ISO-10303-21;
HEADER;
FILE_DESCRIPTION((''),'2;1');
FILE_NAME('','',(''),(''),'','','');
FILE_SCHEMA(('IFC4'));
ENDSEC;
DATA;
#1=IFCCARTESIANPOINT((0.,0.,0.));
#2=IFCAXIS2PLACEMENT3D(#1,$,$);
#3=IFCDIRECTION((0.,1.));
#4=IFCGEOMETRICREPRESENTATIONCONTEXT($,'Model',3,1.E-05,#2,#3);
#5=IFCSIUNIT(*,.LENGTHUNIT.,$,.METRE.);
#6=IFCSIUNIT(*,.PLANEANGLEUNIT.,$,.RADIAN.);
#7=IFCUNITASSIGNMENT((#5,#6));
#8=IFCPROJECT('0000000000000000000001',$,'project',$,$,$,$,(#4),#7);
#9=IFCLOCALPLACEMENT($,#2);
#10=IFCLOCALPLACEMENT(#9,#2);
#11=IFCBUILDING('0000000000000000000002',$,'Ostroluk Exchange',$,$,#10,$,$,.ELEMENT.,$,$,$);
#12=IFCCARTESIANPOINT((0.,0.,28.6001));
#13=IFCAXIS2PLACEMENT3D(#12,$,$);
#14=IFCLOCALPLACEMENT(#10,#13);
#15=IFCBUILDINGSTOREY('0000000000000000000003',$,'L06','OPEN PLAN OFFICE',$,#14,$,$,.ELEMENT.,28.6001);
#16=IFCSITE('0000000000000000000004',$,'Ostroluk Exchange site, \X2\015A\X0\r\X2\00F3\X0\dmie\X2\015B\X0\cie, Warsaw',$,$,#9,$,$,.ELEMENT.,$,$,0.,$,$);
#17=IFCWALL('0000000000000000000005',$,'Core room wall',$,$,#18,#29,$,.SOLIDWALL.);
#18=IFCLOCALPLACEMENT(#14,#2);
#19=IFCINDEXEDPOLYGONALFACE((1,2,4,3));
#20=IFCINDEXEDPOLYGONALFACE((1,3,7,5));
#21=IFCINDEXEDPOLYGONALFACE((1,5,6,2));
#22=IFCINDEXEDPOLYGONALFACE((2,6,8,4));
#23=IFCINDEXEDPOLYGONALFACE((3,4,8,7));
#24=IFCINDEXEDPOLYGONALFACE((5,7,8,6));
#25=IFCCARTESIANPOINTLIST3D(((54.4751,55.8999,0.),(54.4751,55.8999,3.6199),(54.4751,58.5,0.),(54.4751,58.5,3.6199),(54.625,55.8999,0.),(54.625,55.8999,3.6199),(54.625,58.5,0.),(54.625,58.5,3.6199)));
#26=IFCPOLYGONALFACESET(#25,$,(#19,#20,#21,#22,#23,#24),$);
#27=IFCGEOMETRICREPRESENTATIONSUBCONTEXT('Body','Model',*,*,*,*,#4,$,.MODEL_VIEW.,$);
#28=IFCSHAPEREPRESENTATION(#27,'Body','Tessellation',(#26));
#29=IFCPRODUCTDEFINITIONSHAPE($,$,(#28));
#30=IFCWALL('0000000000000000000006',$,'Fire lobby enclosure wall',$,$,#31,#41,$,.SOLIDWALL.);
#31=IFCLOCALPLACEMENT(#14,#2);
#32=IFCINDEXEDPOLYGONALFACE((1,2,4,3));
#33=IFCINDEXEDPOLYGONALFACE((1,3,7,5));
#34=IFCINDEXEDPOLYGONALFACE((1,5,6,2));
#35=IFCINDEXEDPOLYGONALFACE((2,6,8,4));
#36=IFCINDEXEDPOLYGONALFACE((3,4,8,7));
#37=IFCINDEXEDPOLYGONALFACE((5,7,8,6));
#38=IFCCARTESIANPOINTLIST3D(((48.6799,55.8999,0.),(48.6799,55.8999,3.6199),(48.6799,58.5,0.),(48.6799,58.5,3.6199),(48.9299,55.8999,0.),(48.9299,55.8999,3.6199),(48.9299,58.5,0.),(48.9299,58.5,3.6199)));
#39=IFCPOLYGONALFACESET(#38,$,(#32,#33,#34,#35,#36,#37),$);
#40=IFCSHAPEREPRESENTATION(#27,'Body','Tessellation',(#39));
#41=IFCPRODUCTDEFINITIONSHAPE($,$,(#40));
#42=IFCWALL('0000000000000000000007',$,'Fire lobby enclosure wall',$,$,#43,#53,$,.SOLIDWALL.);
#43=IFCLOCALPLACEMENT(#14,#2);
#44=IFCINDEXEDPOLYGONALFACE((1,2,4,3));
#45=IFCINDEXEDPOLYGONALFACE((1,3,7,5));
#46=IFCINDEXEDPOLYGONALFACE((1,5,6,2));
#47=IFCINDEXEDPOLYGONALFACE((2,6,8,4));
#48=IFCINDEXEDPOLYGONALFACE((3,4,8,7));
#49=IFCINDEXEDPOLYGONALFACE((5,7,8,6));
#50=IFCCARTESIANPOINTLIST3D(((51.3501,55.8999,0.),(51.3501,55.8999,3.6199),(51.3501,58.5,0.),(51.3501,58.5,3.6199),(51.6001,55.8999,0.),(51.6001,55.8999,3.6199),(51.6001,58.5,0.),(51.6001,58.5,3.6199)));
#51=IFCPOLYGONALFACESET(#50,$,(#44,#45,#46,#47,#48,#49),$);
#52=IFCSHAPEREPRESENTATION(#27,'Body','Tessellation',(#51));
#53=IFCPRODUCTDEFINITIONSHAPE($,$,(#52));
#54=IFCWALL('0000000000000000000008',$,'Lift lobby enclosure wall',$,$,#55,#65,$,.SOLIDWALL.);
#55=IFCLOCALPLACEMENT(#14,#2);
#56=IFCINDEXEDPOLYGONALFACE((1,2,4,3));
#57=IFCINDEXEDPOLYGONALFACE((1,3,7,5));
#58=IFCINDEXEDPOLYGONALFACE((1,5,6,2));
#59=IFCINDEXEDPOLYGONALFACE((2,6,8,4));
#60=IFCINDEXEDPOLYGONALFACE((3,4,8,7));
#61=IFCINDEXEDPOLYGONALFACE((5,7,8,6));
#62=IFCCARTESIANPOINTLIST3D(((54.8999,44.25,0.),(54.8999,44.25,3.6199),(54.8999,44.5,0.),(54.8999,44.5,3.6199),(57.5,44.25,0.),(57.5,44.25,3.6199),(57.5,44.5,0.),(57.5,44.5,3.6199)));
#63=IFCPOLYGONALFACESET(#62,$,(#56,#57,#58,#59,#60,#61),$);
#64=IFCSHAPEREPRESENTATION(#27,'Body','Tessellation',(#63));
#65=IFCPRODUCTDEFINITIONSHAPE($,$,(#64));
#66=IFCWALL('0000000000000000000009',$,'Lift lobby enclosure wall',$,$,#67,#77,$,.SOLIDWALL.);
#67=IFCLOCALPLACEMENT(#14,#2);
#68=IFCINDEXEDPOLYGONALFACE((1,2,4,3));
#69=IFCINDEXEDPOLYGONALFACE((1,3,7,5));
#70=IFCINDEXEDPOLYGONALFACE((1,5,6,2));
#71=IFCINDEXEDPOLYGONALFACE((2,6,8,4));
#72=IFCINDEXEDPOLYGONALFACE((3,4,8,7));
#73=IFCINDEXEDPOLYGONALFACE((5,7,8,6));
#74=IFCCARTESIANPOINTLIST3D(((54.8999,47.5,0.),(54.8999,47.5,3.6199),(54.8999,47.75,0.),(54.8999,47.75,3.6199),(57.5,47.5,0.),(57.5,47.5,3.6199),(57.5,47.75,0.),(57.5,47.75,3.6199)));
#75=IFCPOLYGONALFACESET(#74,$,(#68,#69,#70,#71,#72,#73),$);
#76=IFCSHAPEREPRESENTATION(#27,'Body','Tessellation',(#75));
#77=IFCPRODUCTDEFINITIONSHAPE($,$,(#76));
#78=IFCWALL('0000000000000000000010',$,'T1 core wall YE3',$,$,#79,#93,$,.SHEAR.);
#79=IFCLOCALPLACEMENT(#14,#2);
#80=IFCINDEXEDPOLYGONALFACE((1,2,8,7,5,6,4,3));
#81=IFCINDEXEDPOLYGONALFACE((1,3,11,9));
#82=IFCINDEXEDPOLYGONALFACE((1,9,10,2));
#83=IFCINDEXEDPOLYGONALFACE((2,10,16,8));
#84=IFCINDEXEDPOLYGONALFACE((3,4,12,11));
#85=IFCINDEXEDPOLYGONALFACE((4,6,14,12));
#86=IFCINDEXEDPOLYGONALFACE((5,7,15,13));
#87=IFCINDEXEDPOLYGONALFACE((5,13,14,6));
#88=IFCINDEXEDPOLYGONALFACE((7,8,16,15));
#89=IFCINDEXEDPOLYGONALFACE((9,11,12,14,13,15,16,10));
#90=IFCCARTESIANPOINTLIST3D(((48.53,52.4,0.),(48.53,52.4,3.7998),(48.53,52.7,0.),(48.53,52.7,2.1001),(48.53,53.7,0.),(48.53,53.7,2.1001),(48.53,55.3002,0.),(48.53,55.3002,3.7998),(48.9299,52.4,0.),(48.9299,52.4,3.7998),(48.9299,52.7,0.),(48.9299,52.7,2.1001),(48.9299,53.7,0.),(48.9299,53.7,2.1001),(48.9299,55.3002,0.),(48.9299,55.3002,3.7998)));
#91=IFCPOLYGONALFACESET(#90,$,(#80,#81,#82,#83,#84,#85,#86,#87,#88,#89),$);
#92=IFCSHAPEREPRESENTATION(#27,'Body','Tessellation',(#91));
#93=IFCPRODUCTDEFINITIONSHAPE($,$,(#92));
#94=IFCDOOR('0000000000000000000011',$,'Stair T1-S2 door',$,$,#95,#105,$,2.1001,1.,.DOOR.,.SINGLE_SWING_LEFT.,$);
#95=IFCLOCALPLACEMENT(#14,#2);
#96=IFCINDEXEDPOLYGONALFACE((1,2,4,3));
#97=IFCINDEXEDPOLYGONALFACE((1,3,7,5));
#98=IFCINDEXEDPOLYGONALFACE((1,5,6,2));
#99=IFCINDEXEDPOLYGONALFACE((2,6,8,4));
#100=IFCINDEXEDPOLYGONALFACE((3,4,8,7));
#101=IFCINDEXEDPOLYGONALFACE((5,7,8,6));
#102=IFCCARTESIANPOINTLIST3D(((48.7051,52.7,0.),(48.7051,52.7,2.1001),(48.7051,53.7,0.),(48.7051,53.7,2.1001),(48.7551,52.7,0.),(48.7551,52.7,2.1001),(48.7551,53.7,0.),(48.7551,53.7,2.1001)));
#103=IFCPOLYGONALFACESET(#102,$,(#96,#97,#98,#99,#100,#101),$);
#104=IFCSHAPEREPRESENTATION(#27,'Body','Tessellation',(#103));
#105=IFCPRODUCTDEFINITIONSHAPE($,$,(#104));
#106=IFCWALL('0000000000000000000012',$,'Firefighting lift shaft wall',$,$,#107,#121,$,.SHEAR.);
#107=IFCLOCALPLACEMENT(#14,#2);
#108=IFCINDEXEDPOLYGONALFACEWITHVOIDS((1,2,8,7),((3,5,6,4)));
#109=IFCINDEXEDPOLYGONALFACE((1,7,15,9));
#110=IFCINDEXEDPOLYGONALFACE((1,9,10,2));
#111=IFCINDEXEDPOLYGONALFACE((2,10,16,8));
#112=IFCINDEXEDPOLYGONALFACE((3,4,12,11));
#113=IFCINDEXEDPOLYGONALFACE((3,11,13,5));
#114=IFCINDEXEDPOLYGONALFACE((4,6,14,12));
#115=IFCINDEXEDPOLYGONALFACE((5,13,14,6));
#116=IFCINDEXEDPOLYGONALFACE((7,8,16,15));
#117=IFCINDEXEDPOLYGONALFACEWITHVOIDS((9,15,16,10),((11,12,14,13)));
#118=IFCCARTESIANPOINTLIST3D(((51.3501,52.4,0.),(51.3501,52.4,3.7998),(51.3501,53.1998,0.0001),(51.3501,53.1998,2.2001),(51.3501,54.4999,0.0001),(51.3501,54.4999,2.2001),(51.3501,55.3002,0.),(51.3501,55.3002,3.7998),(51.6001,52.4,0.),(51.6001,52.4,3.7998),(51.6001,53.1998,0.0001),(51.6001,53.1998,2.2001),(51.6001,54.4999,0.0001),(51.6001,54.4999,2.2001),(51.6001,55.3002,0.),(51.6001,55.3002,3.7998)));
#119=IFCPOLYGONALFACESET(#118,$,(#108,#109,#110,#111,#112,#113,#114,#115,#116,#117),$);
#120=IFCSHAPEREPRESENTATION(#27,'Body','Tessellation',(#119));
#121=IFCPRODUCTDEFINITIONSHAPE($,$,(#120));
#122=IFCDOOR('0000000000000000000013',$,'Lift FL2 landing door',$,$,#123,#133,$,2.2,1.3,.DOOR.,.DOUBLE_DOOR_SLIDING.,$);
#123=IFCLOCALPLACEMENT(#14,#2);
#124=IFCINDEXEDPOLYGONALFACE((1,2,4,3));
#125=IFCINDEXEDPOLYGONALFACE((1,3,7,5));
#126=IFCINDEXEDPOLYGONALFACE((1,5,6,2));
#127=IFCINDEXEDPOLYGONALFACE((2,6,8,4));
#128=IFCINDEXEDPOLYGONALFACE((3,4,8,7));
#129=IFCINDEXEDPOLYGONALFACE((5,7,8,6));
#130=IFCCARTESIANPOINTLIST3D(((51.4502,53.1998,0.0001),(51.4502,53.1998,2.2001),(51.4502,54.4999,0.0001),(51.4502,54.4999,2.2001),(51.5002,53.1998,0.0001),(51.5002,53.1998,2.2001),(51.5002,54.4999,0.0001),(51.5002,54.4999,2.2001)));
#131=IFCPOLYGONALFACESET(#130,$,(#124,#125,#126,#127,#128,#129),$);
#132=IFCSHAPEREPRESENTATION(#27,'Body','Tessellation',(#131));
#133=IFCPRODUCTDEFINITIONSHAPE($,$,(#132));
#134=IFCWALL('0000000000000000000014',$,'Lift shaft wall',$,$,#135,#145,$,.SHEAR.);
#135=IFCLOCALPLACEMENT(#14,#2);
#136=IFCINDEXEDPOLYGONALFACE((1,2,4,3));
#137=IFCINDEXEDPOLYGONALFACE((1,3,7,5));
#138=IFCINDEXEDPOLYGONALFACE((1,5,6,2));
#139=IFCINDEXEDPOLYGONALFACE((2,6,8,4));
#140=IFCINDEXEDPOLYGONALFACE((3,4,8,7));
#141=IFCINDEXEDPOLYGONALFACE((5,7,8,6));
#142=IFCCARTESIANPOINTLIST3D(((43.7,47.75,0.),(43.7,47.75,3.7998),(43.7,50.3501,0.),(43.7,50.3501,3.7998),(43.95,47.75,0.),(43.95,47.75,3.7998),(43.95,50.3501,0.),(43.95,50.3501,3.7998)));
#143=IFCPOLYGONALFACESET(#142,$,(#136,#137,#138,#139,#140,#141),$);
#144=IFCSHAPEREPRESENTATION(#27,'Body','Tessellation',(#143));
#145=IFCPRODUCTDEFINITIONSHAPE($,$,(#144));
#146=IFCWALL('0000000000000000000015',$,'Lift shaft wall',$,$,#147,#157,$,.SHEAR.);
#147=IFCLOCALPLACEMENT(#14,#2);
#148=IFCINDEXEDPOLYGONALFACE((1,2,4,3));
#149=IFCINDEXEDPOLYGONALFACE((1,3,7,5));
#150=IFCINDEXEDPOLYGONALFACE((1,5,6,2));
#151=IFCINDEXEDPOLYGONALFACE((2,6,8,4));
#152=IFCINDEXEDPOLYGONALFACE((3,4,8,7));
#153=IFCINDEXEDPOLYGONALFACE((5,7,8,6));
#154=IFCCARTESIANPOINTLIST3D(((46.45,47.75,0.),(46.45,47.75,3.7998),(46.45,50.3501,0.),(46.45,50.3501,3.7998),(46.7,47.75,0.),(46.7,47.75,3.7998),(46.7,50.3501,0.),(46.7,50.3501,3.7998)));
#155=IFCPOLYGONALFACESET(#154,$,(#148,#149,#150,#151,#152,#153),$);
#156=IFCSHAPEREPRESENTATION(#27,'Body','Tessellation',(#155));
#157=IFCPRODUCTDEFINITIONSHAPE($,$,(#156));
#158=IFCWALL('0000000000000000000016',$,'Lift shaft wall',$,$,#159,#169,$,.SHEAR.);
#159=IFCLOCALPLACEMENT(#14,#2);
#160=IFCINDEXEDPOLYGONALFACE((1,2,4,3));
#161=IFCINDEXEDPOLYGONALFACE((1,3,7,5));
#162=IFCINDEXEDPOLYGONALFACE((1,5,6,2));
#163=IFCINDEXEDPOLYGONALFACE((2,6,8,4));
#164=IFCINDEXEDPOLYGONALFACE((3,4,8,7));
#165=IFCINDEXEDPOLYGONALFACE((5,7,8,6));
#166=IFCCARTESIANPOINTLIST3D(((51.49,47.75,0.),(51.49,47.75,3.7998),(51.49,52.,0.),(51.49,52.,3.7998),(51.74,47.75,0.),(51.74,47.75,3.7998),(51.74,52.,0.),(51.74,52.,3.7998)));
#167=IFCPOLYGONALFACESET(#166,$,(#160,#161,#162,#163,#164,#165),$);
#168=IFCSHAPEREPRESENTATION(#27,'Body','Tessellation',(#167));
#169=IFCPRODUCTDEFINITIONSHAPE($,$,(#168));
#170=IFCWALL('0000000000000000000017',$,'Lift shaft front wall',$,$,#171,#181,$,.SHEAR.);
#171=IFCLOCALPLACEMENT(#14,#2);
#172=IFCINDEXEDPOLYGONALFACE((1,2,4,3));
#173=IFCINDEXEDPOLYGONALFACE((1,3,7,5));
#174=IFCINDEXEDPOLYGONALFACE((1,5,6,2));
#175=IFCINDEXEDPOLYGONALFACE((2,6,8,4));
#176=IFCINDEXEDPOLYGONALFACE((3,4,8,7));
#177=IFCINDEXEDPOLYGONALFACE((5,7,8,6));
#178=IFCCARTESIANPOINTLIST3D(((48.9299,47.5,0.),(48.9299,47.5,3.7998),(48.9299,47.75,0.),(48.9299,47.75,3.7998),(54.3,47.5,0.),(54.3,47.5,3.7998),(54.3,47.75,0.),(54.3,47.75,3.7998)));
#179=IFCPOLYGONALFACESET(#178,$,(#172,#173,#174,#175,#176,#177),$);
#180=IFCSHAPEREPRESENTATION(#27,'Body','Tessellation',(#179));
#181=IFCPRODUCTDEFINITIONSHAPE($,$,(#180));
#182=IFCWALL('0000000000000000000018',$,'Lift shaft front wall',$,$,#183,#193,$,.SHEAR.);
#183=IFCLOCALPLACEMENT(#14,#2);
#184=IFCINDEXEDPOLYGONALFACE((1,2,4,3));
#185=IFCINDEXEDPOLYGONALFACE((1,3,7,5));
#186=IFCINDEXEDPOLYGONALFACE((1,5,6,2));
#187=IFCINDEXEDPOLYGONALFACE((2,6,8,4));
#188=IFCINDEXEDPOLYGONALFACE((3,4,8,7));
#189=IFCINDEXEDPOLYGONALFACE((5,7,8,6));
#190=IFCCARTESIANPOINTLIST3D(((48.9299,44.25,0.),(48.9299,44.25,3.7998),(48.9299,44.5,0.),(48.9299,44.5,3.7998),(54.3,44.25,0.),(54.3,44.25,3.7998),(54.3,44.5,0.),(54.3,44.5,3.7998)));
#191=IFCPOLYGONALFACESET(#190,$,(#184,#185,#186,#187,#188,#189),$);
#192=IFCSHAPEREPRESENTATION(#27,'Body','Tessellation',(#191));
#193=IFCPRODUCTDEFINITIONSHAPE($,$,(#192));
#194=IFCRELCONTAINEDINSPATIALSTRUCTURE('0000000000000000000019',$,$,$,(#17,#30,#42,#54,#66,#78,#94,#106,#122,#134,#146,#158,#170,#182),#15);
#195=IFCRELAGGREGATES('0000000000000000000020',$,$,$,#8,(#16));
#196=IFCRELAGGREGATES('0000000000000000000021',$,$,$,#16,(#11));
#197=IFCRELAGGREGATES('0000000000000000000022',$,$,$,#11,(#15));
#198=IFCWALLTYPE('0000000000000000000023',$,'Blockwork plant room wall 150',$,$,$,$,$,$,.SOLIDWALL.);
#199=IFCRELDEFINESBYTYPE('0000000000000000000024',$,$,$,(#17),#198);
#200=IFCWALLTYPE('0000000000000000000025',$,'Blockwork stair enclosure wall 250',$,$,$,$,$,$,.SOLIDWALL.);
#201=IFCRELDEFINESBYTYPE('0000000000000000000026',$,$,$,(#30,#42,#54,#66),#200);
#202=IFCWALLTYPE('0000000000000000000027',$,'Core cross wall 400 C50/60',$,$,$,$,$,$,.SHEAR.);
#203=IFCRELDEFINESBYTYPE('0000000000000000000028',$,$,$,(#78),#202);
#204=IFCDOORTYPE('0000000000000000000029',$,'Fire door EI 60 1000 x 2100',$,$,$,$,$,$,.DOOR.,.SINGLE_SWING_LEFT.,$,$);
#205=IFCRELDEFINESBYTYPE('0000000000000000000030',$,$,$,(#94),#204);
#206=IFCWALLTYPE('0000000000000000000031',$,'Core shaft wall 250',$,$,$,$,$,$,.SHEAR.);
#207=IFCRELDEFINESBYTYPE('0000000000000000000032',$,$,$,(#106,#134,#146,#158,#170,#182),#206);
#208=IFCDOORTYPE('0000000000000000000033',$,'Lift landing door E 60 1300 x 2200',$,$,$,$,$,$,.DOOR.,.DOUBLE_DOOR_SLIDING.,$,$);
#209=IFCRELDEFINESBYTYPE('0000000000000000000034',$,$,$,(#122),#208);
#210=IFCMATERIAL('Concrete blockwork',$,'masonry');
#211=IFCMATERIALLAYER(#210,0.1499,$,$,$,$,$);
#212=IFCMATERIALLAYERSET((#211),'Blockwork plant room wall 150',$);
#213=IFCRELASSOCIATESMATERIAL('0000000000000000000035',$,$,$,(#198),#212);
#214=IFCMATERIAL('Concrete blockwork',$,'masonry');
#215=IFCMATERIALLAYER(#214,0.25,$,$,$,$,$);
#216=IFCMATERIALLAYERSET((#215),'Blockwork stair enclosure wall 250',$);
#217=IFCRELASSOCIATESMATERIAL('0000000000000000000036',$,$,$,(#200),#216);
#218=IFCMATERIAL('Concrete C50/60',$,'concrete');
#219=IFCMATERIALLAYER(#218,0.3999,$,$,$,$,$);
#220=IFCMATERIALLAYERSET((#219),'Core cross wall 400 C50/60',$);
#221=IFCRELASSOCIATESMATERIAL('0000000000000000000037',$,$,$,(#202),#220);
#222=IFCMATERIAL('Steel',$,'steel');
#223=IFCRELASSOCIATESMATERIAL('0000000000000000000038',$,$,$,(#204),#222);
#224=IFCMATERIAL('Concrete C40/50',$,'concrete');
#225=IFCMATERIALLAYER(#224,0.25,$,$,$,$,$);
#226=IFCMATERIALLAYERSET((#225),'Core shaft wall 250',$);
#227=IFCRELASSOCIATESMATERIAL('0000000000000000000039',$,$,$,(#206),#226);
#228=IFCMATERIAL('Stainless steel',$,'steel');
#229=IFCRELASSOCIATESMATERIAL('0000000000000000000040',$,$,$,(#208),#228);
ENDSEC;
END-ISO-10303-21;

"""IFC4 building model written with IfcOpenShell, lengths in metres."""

from ifc_helpers import new_model, si_unit, direction, frame, frame_2d, origin, place, context, subcontext, project, spatial, rectangle, extrude, material, layer, layer_set, type_object, element, fill, save


model = new_model("IFC4")

# Units and contexts
model_context = context("Model", 3, precision=1e-05, world=origin(), true_north=direction((0.0, 1.0)))
body_context = subcontext(model_context, "Body", "Model", "MODEL_VIEW")
ifc_project = project(units=[si_unit("LENGTHUNIT", "METRE"), si_unit("PLANEANGLEUNIT", "RADIAN")], contexts=[model_context])

# Site, building, storey
site_placement = place(None, origin())
site = spatial("IfcSite", under=ifc_project, at=site_placement, Name="Ostroluk Exchange site, Śródmieście, Warsaw", CompositionType="ELEMENT", RefElevation=0.0)
building_placement = place(site_placement, origin())
building = spatial("IfcBuilding", under=site, at=building_placement, Name="Ostroluk Exchange", CompositionType="ELEMENT")
storey_placement = place(building_placement, frame((0.0, 0.0, 28.6001)))
storey = spatial("IfcBuildingStorey", under=building, at=storey_placement, Name="L06", Description="OPEN PLAN OFFICE", CompositionType="ELEMENT", Elevation=28.6001)

# Walls
ifc_material_1 = material(Name="Concrete blockwork", Category="masonry")
ifc_layer_1 = layer(ifc_material_1, 0.1499)
ifc_layer_set_1 = layer_set([ifc_layer_1], Name="Blockwork plant room wall 150")
wall_type_1 = type_object("IfcWallType", Name="Blockwork plant room wall 150", PredefinedType="SOLIDWALL", material=ifc_layer_set_1)
wall_1_placement = place(storey_placement, frame((54.55, 55.8999, 0.0), z_axis=(0.0, 0.0, 1.0), x_axis=(0.0, 1.0, 0.0)))
element("IfcWall", 1, at=wall_1_placement, inside=storey, type_object=wall_type_1, Name="Core room wall", PredefinedType="SOLIDWALL", context=body_context, shape_type="SweptSolid", body=[
    extrude(rectangle(XDim=2.6001, YDim=0.1499, at=frame_2d((1.3, 0.0))), origin(), (0.0, 0.0, 1.0), 3.6199),
])
ifc_material_2 = material(Name="Concrete blockwork", Category="masonry")
ifc_layer_2 = layer(ifc_material_2, 0.25)
ifc_layer_set_2 = layer_set([ifc_layer_2], Name="Blockwork stair enclosure wall 250")
wall_type_2 = type_object("IfcWallType", Name="Blockwork stair enclosure wall 250", PredefinedType="SOLIDWALL", material=ifc_layer_set_2)
for number, where, z_axis, x_axis, name in (
    (2, (48.8049, 55.8999, 0.0), (0.0, 0.0, 1.0), (0.0, 1.0, 0.0), "Fire lobby enclosure wall"),
    (3, (51.4751, 55.8999, 0.0), (0.0, 0.0, 1.0), (0.0, 1.0, 0.0), "Fire lobby enclosure wall"),
    (4, (54.8999, 44.375, 0.0), (0.0, 0.0, 1.0), (1.0, 0.0, 0.0), "Lift lobby enclosure wall"),
    (5, (54.8999, 47.625, 0.0), (0.0, 0.0, 1.0), (1.0, 0.0, 0.0), "Lift lobby enclosure wall"),
):
    element("IfcWall", number, at=place(storey_placement, frame(where, z_axis=z_axis, x_axis=x_axis)), inside=storey, type_object=wall_type_2, Name=name, PredefinedType="SOLIDWALL", context=body_context, shape_type="SweptSolid", body=[
        extrude(rectangle(XDim=2.6001, YDim=0.25, at=frame_2d((1.3, 0.0))), origin(), (0.0, 0.0, 1.0), 3.6199),
    ])

# Walls, openings, doors
ifc_material_3 = material(Name="Concrete C50/60", Category="concrete")
ifc_layer_3 = layer(ifc_material_3, 0.3999)
ifc_layer_set_3 = layer_set([ifc_layer_3], Name="Core cross wall 400 C50/60")
wall_type_3 = type_object("IfcWallType", Name="Core cross wall 400 C50/60", PredefinedType="SHEAR", material=ifc_layer_set_3)
wall_2_placement = place(storey_placement, frame((48.73, 52.3999, 0.0), z_axis=(0.0, 0.0, 1.0), x_axis=(0.0, 1.0, 0.0)))
wall_2 = element("IfcWall", 6, at=wall_2_placement, inside=storey, type_object=wall_type_3, Name="T1 core wall YE3", PredefinedType="SHEAR", context=body_context, shape_type="SweptSolid", body=[
    extrude(rectangle(XDim=2.9001, YDim=0.3999, at=frame_2d((1.4502, 0.0))), origin(), (0.0, 0.0, 1.0), 3.7998),
])
opening_1_placement = place(wall_2_placement, frame((0.3, 0.0, 0.0)))
opening_1 = element("IfcOpeningElement", 7, at=opening_1_placement, cuts=wall_2, PredefinedType="OPENING", context=body_context, shape_type="SweptSolid", body=[
    extrude(rectangle(XDim=1.0, YDim=2.1001, at=frame_2d((0.5, 1.05))), frame((0.0, 0.21, 0.0), z_axis=(0.0, -1.0, 0.0), x_axis=(1.0, 0.0, 0.0)), (0.0, 0.0, 1.0), 0.4199),
])
ifc_material_4 = material(Name="Steel", Category="steel")
door_type_1 = type_object("IfcDoorType", Name="Fire door EI 60 1000 x 2100", OperationType="SINGLE_SWING_LEFT", PredefinedType="DOOR", material=ifc_material_4)
door_1_placement = place(opening_1_placement, origin())
door_1 = element("IfcDoor", 8, at=door_1_placement, inside=storey, type_object=door_type_1, Name="Stair T1-S2 door", OperationType="SINGLE_SWING_LEFT", OverallHeight=2.1001, OverallWidth=1.0, PredefinedType="DOOR", context=body_context, shape_type="SweptSolid", body=[
    extrude(rectangle(XDim=1.0, YDim=2.1001, at=frame_2d((0.5, 1.05))), frame((0.0, 0.0249, 0.0), z_axis=(0.0, -1.0, 0.0), x_axis=(1.0, 0.0, 0.0)), (0.0, 0.0, 1.0), 0.05),
])
fill(opening_1, door_1)
ifc_material_5 = material(Name="Concrete C40/50", Category="concrete")
ifc_layer_4 = layer(ifc_material_5, 0.25)
ifc_layer_set_4 = layer_set([ifc_layer_4], Name="Core shaft wall 250")
wall_type_4 = type_object("IfcWallType", Name="Core shaft wall 250", PredefinedType="SHEAR", material=ifc_layer_set_4)
wall_3_placement = place(storey_placement, frame((51.4751, 52.3999, 0.0), z_axis=(0.0, 0.0, 1.0), x_axis=(0.0, 1.0, 0.0)))
wall_3 = element("IfcWall", 9, at=wall_3_placement, inside=storey, type_object=wall_type_4, Name="Firefighting lift shaft wall", PredefinedType="SHEAR", context=body_context, shape_type="SweptSolid", body=[
    extrude(rectangle(XDim=2.9001, YDim=0.25, at=frame_2d((1.4502, 0.0))), origin(), (0.0, 0.0, 1.0), 3.7998),
])
opening_2_placement = place(wall_3_placement, frame((0.8, 0.0, 0.0)))
opening_2 = element("IfcOpeningElement", 10, at=opening_2_placement, cuts=wall_3, PredefinedType="OPENING", context=body_context, shape_type="SweptSolid", body=[
    extrude(rectangle(XDim=1.3, YDim=2.2, at=frame_2d((0.6499, 1.1001))), frame((0.0, 0.135, 0.0), z_axis=(0.0, -1.0, 0.0), x_axis=(1.0, 0.0, 0.0)), (0.0, 0.0, 1.0), 0.27),
])
ifc_material_6 = material(Name="Stainless steel", Category="steel")
door_type_2 = type_object("IfcDoorType", Name="Lift landing door E 60 1300 x 2200", OperationType="DOUBLE_DOOR_SLIDING", PredefinedType="DOOR", material=ifc_material_6)
door_2_placement = place(opening_2_placement, origin())
door_2 = element("IfcDoor", 11, at=door_2_placement, inside=storey, type_object=door_type_2, Name="Lift FL2 landing door", OperationType="DOUBLE_DOOR_SLIDING", OverallHeight=2.2, OverallWidth=1.3, PredefinedType="DOOR", context=body_context, shape_type="SweptSolid", body=[
    extrude(rectangle(XDim=1.3, YDim=2.2, at=frame_2d((0.6499, 1.1001))), frame((0.0, 0.0249, 0.0), z_axis=(0.0, -1.0, 0.0), x_axis=(1.0, 0.0, 0.0)), (0.0, 0.0, 1.0), 0.05),
])
fill(opening_2, door_2)

# Walls
for number, where, z_axis, x_axis, name in (
    (12, (43.825, 47.75, 0.0), (0.0, 0.0, 1.0), (0.0, 1.0, 0.0), "Lift shaft wall"),
    (13, (46.575, 47.75, 0.0), (0.0, 0.0, 1.0), (0.0, 1.0, 0.0), "Lift shaft wall"),
):
    element("IfcWall", number, at=place(storey_placement, frame(where, z_axis=z_axis, x_axis=x_axis)), inside=storey, type_object=wall_type_4, Name=name, PredefinedType="SHEAR", context=body_context, shape_type="SweptSolid", body=[
        extrude(rectangle(XDim=2.6001, YDim=0.25, at=frame_2d((1.3, 0.0))), origin(), (0.0, 0.0, 1.0), 3.7998),
    ])
wall_4_placement = place(storey_placement, frame((51.615, 47.75, 0.0), z_axis=(0.0, 0.0, 1.0), x_axis=(0.0, 1.0, 0.0)))
element("IfcWall", 14, at=wall_4_placement, inside=storey, type_object=wall_type_4, Name="Lift shaft wall", PredefinedType="SHEAR", context=body_context, shape_type="SweptSolid", body=[
    extrude(rectangle(XDim=4.25, YDim=0.25, at=frame_2d((2.125, 0.0))), origin(), (0.0, 0.0, 1.0), 3.7998),
])
for number, where, z_axis, x_axis, name in (
    (15, (48.9299, 47.625, 0.0), (0.0, 0.0, 1.0), (1.0, 0.0, 0.0), "Lift shaft front wall"),
    (16, (48.9299, 44.375, 0.0), (0.0, 0.0, 1.0), (1.0, 0.0, 0.0), "Lift shaft front wall"),
):
    element("IfcWall", number, at=place(storey_placement, frame(where, z_axis=z_axis, x_axis=x_axis)), inside=storey, type_object=wall_type_4, Name=name, PredefinedType="SHEAR", context=body_context, shape_type="SweptSolid", body=[
        extrude(rectangle(XDim=5.3701, YDim=0.25, at=frame_2d((2.6851, 0.0))), origin(), (0.0, 0.0, 1.0), 3.7998),
    ])

save(model, "model.ifc")
